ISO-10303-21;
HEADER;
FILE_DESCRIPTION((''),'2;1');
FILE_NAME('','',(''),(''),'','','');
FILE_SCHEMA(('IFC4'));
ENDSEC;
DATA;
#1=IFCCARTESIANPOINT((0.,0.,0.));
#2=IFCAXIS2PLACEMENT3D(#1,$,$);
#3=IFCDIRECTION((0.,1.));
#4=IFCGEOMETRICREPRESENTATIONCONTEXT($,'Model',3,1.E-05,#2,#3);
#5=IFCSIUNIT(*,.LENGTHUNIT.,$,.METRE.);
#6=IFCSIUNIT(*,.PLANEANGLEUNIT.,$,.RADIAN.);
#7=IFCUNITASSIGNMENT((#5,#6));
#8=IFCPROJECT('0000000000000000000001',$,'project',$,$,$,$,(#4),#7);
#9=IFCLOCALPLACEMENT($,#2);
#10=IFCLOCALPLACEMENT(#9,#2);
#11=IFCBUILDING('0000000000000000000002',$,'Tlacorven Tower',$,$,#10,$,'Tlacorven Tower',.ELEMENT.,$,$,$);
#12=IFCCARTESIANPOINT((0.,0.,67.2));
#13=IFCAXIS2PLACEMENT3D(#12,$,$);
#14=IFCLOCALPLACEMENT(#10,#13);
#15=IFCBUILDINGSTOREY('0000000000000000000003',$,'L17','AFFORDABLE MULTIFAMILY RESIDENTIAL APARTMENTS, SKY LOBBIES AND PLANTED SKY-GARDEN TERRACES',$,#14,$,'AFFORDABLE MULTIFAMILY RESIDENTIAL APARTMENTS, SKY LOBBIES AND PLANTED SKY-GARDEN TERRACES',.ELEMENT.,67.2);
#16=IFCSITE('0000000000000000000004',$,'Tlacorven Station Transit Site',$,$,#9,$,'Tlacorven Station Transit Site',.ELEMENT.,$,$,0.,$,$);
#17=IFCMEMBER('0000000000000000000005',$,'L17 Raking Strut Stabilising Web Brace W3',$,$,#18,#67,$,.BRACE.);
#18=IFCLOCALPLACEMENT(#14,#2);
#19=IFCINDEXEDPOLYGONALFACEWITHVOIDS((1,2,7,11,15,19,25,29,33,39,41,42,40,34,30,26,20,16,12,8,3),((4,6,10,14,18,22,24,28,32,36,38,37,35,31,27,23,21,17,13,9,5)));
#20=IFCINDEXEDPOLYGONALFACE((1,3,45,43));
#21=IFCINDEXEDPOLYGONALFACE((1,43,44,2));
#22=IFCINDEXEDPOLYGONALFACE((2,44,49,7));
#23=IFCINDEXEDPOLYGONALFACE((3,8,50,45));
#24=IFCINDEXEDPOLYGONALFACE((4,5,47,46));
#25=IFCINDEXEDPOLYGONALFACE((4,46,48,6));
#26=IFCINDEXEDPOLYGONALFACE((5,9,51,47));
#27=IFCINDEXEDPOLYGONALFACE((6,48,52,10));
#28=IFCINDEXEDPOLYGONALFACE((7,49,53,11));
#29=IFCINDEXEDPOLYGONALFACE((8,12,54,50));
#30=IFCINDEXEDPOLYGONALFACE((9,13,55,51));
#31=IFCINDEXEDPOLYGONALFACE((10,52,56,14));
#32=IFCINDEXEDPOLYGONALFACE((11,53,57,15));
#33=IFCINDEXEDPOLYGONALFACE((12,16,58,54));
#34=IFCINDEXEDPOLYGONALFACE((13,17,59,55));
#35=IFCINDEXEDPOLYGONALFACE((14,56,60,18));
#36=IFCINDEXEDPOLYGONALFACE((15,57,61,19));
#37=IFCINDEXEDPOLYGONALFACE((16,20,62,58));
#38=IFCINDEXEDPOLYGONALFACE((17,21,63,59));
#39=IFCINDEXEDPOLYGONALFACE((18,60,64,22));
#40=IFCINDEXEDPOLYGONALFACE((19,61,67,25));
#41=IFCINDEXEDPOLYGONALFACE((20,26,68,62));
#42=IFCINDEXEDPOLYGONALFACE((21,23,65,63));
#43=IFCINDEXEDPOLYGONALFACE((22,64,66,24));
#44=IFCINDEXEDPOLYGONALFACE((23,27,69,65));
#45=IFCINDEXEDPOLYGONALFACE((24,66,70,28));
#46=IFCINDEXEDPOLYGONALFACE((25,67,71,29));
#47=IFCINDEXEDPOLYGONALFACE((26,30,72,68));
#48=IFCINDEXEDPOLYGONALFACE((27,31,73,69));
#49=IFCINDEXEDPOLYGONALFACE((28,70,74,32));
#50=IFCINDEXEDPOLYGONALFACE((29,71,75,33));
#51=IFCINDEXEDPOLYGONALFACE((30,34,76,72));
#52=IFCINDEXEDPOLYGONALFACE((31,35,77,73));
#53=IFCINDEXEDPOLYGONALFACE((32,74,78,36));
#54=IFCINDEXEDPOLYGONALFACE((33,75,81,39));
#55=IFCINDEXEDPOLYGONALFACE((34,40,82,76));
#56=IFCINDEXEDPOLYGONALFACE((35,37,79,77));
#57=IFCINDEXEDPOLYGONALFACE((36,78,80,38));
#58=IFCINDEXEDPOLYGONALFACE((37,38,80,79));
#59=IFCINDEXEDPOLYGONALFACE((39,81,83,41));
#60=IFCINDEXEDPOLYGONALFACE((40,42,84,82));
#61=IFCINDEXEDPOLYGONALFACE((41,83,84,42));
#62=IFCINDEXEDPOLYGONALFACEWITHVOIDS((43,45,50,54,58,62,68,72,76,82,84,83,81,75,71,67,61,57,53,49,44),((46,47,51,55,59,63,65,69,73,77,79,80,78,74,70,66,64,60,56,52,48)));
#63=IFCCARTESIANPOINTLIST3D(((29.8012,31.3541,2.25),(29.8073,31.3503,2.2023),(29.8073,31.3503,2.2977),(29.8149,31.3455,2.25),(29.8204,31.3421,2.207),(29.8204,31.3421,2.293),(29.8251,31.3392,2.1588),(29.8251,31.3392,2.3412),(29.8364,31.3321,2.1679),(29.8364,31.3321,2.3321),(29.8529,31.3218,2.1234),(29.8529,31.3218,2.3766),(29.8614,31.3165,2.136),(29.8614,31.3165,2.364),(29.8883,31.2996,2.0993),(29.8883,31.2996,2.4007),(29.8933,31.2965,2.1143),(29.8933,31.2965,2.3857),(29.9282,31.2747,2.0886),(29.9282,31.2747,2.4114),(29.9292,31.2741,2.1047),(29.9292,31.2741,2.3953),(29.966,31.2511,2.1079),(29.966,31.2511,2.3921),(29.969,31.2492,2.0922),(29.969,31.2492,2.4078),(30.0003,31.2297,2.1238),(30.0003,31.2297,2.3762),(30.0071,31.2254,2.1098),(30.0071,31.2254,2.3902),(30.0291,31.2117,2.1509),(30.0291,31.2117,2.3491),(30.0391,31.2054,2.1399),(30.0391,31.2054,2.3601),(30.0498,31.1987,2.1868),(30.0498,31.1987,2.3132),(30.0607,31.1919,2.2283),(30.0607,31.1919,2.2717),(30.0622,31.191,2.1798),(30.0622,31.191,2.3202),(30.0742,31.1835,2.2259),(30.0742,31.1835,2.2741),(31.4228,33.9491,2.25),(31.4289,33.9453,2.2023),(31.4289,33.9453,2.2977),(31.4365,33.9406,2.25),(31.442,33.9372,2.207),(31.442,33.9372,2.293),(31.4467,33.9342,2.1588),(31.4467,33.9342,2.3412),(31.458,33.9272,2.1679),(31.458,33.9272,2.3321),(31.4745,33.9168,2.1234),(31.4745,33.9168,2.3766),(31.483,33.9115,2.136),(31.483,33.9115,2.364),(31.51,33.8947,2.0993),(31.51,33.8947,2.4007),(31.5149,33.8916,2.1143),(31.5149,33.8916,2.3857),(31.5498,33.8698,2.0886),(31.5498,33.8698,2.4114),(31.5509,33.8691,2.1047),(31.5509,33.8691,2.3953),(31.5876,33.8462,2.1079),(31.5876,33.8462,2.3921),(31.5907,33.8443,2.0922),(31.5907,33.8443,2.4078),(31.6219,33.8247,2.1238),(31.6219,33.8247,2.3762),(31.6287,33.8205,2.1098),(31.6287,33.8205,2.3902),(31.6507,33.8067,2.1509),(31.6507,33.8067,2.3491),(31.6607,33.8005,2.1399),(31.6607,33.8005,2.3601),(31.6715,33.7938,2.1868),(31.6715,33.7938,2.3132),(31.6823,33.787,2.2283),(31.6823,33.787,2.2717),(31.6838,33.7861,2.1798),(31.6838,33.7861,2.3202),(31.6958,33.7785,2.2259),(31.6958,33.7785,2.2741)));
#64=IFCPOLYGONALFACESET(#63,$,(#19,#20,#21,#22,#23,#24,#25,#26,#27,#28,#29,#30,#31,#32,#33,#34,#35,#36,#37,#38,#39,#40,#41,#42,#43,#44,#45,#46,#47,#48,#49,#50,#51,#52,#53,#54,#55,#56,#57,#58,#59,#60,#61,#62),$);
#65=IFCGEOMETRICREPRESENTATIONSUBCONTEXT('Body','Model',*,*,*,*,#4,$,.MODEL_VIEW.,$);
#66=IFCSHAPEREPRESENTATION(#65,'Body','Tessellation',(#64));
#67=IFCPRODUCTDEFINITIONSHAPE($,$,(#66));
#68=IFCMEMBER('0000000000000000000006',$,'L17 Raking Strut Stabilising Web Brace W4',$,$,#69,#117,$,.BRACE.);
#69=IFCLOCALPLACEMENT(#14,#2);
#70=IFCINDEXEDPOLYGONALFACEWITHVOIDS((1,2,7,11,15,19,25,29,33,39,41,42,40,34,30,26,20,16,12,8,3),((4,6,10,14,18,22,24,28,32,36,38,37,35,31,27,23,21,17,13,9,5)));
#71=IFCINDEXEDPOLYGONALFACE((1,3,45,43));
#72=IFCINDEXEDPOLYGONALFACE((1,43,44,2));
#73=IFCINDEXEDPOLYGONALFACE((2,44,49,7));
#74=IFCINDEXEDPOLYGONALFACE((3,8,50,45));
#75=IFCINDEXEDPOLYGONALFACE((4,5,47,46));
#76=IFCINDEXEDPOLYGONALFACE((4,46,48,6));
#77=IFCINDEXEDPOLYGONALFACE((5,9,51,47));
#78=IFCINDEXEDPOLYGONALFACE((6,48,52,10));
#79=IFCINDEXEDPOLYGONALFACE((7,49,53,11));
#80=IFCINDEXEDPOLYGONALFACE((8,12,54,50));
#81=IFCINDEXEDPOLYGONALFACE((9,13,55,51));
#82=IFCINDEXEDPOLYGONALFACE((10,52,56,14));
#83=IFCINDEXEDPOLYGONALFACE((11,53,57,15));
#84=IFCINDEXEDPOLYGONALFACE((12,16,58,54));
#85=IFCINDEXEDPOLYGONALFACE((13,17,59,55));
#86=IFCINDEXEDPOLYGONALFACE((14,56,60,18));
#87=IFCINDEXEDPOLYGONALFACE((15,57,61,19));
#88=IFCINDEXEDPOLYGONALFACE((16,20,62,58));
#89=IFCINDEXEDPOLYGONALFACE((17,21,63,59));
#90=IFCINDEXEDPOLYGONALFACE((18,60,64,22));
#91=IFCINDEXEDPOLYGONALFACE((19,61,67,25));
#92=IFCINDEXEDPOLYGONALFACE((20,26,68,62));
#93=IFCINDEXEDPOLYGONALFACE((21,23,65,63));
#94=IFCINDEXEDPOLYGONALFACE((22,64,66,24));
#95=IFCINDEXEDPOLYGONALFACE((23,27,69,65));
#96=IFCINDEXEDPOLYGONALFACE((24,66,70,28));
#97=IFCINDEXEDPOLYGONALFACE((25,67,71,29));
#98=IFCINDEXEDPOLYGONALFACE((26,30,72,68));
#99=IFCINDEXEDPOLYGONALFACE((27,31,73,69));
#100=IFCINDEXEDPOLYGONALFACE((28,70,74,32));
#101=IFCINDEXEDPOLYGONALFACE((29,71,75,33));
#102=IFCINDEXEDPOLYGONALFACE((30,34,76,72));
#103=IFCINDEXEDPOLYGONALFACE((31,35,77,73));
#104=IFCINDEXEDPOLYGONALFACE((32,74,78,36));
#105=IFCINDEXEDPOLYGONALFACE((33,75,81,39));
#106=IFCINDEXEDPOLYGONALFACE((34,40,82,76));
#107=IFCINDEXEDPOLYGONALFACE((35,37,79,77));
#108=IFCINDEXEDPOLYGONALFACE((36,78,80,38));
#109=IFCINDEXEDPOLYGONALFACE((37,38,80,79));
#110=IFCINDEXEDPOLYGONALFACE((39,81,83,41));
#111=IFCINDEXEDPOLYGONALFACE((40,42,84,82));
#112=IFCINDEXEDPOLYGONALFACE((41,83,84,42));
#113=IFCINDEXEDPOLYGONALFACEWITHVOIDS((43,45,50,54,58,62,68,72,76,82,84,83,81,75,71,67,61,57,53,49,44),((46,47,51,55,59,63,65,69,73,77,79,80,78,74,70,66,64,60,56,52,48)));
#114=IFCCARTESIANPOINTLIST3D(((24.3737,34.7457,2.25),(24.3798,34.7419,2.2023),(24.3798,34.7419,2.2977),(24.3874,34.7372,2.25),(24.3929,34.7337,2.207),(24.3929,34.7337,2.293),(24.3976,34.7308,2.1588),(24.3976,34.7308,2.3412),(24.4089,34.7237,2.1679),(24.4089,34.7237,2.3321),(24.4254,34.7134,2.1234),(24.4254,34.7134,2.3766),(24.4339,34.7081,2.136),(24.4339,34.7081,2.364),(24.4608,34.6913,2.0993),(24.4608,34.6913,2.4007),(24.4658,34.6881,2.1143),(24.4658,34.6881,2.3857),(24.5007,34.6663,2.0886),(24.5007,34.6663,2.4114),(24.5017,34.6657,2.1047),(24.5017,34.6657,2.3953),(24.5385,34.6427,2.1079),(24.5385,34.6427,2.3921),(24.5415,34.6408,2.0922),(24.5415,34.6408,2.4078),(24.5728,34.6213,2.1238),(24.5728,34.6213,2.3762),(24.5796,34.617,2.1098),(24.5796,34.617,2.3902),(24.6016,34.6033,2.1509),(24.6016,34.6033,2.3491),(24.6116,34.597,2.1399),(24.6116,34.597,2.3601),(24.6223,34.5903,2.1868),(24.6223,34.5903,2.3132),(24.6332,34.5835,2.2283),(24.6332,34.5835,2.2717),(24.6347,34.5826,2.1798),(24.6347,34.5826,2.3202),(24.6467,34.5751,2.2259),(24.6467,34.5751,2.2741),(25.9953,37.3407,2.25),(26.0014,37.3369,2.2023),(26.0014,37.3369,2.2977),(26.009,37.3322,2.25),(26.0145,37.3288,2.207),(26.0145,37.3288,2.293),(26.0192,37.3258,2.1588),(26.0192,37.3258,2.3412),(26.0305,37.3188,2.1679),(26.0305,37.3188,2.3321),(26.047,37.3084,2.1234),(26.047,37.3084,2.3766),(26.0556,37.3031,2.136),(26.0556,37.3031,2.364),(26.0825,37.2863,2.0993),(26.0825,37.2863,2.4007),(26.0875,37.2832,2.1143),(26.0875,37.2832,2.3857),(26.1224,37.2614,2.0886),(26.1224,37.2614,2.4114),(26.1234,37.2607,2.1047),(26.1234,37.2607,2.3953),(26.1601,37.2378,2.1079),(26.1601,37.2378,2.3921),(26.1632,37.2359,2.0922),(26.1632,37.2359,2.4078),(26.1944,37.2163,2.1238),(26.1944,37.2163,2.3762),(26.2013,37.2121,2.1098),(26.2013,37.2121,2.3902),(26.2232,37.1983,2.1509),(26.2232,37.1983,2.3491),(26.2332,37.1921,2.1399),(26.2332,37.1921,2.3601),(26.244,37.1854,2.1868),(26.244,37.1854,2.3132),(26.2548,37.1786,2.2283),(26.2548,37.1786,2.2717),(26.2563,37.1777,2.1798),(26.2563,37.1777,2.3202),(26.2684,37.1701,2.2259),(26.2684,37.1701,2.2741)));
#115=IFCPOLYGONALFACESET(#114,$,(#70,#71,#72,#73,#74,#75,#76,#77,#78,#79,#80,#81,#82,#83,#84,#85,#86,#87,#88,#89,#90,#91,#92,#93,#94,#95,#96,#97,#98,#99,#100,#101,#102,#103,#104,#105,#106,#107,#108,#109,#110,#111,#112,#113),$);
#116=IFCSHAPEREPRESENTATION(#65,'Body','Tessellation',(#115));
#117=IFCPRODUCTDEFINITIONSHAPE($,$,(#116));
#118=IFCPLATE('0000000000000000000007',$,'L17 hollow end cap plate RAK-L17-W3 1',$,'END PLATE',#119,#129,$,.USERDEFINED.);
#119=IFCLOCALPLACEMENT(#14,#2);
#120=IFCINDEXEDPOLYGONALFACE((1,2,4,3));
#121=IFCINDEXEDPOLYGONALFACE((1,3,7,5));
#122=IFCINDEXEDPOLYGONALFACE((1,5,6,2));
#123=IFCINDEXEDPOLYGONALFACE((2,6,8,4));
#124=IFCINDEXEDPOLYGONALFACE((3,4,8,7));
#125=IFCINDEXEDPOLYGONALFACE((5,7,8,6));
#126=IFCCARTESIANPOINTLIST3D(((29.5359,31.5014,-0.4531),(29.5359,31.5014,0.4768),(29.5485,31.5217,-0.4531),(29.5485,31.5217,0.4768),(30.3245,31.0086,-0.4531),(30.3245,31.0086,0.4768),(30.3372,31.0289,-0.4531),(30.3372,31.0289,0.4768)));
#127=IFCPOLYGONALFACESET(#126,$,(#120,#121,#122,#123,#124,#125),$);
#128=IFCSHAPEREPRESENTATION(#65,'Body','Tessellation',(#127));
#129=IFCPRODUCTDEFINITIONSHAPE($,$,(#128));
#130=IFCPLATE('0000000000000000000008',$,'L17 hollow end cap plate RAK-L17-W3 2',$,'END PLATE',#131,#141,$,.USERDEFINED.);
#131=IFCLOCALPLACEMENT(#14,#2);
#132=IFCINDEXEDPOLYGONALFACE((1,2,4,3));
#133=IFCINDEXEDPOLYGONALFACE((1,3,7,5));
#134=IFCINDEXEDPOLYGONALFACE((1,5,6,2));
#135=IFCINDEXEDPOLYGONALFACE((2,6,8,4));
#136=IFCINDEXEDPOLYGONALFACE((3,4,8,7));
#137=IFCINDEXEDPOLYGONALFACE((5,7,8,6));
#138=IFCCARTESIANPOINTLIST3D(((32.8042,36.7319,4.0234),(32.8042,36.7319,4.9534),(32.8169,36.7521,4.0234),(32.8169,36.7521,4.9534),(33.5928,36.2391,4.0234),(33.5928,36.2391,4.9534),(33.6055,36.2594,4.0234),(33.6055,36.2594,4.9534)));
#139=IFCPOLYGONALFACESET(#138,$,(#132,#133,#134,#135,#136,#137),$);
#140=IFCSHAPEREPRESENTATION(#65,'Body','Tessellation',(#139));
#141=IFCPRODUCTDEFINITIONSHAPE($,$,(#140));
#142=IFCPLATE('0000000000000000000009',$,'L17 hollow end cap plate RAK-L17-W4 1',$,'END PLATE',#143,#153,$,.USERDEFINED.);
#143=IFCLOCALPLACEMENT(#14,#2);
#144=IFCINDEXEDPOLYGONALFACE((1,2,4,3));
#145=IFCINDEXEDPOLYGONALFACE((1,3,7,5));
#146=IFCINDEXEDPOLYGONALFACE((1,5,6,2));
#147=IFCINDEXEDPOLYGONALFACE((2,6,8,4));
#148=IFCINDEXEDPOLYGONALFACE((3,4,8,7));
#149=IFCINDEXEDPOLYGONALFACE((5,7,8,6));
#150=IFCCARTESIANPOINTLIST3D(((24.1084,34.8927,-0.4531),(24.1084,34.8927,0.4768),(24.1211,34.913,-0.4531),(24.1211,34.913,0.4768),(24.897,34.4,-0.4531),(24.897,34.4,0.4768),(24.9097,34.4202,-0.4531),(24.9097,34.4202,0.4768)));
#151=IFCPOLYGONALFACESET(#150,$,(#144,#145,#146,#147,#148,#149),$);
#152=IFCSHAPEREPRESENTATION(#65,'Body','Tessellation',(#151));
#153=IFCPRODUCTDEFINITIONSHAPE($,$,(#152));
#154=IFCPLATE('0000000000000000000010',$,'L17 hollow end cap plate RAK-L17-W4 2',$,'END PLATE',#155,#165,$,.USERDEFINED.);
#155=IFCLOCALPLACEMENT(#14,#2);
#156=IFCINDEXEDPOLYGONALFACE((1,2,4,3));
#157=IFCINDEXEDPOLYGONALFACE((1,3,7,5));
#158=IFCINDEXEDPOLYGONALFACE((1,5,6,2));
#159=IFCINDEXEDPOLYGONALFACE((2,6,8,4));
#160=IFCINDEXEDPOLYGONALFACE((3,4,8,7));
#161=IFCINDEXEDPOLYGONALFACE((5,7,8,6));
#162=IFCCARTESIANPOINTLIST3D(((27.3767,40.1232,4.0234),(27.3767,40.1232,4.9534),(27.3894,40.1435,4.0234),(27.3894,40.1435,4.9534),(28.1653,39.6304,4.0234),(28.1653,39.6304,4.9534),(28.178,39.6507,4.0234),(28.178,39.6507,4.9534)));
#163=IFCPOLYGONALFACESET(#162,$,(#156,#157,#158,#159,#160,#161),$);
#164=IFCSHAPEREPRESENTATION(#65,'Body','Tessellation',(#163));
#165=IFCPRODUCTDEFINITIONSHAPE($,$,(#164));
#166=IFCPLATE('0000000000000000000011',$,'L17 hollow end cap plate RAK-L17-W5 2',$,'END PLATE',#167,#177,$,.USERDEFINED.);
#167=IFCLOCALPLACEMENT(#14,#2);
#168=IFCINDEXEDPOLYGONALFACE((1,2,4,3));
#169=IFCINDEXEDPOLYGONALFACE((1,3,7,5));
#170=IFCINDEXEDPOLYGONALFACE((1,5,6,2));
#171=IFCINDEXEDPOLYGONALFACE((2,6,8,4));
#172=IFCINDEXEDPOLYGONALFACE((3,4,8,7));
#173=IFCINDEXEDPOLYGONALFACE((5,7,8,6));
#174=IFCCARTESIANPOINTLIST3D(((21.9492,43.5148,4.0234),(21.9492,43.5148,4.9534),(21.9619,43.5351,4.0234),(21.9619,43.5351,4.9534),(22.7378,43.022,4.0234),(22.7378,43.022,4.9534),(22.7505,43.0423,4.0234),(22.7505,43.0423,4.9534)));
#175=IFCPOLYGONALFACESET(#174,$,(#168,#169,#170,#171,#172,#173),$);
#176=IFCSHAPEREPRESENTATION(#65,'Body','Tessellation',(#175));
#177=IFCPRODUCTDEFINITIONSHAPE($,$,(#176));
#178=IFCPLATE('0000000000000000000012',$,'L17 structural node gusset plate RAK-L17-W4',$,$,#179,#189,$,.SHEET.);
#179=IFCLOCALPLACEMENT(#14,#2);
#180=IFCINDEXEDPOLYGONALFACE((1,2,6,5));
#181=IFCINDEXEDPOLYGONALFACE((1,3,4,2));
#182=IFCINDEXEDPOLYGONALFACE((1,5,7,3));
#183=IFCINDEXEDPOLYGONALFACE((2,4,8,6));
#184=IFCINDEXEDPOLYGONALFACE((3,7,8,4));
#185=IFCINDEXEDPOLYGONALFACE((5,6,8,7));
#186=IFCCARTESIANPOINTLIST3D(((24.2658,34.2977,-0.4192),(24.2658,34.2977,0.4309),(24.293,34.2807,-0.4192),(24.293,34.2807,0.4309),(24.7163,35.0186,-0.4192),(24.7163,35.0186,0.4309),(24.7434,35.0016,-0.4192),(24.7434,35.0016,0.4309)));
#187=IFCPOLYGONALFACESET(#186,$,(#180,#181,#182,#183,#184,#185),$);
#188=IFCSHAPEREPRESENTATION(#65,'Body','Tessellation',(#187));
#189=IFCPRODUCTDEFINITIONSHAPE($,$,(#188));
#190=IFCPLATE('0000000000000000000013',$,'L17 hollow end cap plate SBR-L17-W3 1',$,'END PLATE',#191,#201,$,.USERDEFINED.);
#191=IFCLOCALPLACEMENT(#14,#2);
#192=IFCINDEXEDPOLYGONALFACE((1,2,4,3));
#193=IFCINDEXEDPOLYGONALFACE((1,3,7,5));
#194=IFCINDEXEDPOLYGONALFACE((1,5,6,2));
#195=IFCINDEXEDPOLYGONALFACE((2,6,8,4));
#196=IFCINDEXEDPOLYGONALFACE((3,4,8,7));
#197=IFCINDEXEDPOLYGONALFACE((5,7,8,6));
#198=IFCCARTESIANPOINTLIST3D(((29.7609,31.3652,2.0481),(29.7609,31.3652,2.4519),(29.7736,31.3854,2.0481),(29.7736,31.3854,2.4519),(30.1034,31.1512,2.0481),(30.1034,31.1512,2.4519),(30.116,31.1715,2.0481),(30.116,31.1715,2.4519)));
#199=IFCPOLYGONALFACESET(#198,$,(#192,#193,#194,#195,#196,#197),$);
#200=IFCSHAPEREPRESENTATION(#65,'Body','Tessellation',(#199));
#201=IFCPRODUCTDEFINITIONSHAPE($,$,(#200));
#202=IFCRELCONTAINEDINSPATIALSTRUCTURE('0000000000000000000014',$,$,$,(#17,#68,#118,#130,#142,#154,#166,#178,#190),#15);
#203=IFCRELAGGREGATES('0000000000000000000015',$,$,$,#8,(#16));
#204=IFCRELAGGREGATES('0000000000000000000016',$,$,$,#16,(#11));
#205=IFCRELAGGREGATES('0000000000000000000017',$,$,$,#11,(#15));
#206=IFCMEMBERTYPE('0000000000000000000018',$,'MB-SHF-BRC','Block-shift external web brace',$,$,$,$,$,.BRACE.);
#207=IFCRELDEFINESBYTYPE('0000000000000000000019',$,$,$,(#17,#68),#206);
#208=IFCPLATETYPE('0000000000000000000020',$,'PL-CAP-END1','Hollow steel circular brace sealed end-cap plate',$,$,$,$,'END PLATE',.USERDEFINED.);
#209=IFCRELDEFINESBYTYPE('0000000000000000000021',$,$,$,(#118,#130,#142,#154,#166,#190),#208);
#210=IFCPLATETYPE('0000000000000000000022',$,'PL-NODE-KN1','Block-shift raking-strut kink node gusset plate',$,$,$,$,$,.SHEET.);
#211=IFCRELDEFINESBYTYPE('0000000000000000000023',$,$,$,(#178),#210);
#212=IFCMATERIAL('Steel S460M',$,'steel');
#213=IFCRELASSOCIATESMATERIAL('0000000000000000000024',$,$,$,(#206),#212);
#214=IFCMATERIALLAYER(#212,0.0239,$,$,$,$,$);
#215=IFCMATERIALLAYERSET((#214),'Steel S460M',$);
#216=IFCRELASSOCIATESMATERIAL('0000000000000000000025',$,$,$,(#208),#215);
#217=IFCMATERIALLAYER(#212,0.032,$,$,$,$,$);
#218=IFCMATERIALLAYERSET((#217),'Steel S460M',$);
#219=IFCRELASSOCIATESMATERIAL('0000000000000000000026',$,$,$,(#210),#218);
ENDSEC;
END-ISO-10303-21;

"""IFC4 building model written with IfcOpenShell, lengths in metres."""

from ifc_helpers import new_model, si_unit, direction, frame, origin, origin_2d, place, context, subcontext, project, spatial, rectangle, hollow_circle, extrude, source, transform, mapped, material, layer, layer_set, material_profile, profile_set, type_object, element, save


model = new_model("IFC4")

# Units and contexts
model_context = context("Model", 3, precision=1e-05, world=origin(), true_north=direction((0.0, 1.0)))
body_context = subcontext(model_context, "Body", "Model", "MODEL_VIEW")
ifc_project = project(units=[si_unit("LENGTHUNIT", "METRE"), si_unit("PLANEANGLEUNIT", "RADIAN")], contexts=[model_context])

# Site, building, storey
site_placement = place(None, origin())
site = spatial("IfcSite", under=ifc_project, at=site_placement, Name="Tlacorven Station Transit Site", LongName="Tlacorven Station Transit Site", CompositionType="ELEMENT", RefElevation=0.0)
building_placement = place(site_placement, origin())
building = spatial("IfcBuilding", under=site, at=building_placement, Name="Tlacorven Tower", LongName="Tlacorven Tower", CompositionType="ELEMENT")
storey_placement = place(building_placement, frame((0.0, 0.0, 67.2)))
storey = spatial("IfcBuildingStorey", under=building, at=storey_placement, Name="L17", Description="AFFORDABLE MULTIFAMILY RESIDENTIAL APARTMENTS, SKY LOBBIES AND PLANTED SKY-GARDEN TERRACES", LongName="AFFORDABLE MULTIFAMILY RESIDENTIAL APARTMENTS, SKY LOBBIES AND PLANTED SKY-GARDEN TERRACES", CompositionType="ELEMENT", Elevation=67.2)

# Shared definitions
ifc_material_1 = material(Name="Steel S460M", Category="steel")

# Members
ifc_material_profile_1 = material_profile(ifc_material_1, hollow_circle(Radius=0.1619, WallThickness=0.0161, at=origin_2d()), Name="CHS 323.9X16")
ifc_profile_set_1 = profile_set([ifc_material_profile_1], Name="Steel S460M")
member_type_1 = type_object("IfcMemberType", Name="MB-SHF-BRC", Description="Block-shift external web brace", PredefinedType="BRACE", material=ifc_profile_set_1)
shared_shape_1 = source(origin(), body_context, "Body", "SweptSolid", [
    extrude(hollow_circle(Radius=0.1619, WallThickness=0.0161, at=origin_2d()), origin(), (0.0, 0.0, 1.0), 3.0601),
])
for number, where, z_axis, x_axis, name in (
    (1, (29.9385, 31.2683, 2.25), (0.529934, 0.848039, 0.0), (-0.848039, 0.529934, 0.0), "L17 Raking Strut Stabilising Web Brace W3"),
    (2, (24.511, 34.6599, 2.25), (0.529934, 0.848039, 0.0), (-0.848039, 0.529934, 0.0), "L17 Raking Strut Stabilising Web Brace W4"),
):
    element("IfcMember", number, at=place(storey_placement, frame(where, z_axis=z_axis, x_axis=x_axis)), inside=storey, type_object=member_type_1, Name=name, PredefinedType="BRACE", context=body_context, shape_type="MappedRepresentation", body=[
        mapped(shared_shape_1, transform((0.0, 0.0, 0.0), scale=1.0)),
    ])

# Plates
ifc_layer_1 = layer(ifc_material_1, 0.0239)
ifc_layer_set_1 = layer_set([ifc_layer_1], Name="Steel S460M")
plate_type_1 = type_object("IfcPlateType", Name="PL-CAP-END1", Description="Hollow steel circular brace sealed end-cap plate", ElementType="END PLATE", PredefinedType="USERDEFINED", material=ifc_layer_set_1)
shared_shape_2 = source(origin(), body_context, "Body", "SweptSolid", [
    extrude(rectangle(XDim=0.0239, YDim=0.9299, at=origin_2d()), origin(), (0.0, 0.0, 1.0), 0.9299),
])
for number, where, z_axis, x_axis, name in (
    (3, (29.9365, 31.2651, -0.4531), (0.0, 0.0, 1.0), (0.529919, 0.848048, 0.0), "L17 hollow end cap plate RAK-L17-W3 1"),
    (4, (33.2048, 36.4956, 4.0234), (0.0, 0.0, 1.0), (0.529919, 0.848048, 0.0), "L17 hollow end cap plate RAK-L17-W3 2"),
    (5, (24.509, 34.6565, -0.4531), (0.0, 0.0, 1.0), (0.529919, 0.848048, 0.0), "L17 hollow end cap plate RAK-L17-W4 1"),
    (6, (27.7773, 39.887, 4.0234), (0.0, 0.0, 1.0), (0.529919, 0.848048, 0.0), "L17 hollow end cap plate RAK-L17-W4 2"),
    (7, (22.3499, 43.2786, 4.0234), (0.0, 0.0, 1.0), (0.529919, 0.848048, 0.0), "L17 hollow end cap plate RAK-L17-W5 2"),
):
    element("IfcPlate", number, at=place(storey_placement, frame(where, z_axis=z_axis, x_axis=x_axis)), inside=storey, type_object=plate_type_1, Name=name, ObjectType="END PLATE", PredefinedType="USERDEFINED", context=body_context, shape_type="MappedRepresentation", body=[
        mapped(shared_shape_2, transform((0.0, 0.0, 0.0), scale=1.0)),
    ])
ifc_layer_2 = layer(ifc_material_1, 0.032)
ifc_layer_set_2 = layer_set([ifc_layer_2], Name="Steel S460M")
plate_type_2 = type_object("IfcPlateType", Name="PL-NODE-KN1", Description="Block-shift raking-strut kink node gusset plate", PredefinedType="SHEET", material=ifc_layer_set_2)
shared_shape_3 = source(origin(), body_context, "Body", "SweptSolid", [
    extrude(rectangle(XDim=0.8501, YDim=0.032, at=origin_2d()), origin(), (0.0, 0.0, 1.0), 0.8501),
])
plate_placement = place(storey_placement, frame((24.5046, 34.6497, -0.4192), z_axis=(0.0, 0.0, 1.0), x_axis=(0.529919, 0.848048, 0.0)))
element("IfcPlate", 8, at=plate_placement, inside=storey, type_object=plate_type_2, Name="L17 structural node gusset plate RAK-L17-W4", PredefinedType="SHEET", context=body_context, shape_type="MappedRepresentation", body=[
    mapped(shared_shape_3, transform((0.0, 0.0, 0.0), scale=1.0)),
])
shared_shape_4 = source(origin(), body_context, "Body", "SweptSolid", [
    extrude(rectangle(XDim=0.0239, YDim=0.4038, at=origin_2d()), origin(), (0.0, 0.0, 1.0), 0.4038),
])
for number, where, z_axis, x_axis, name in (
    (9, (29.9385, 31.2683, 2.0481), (0.0, 0.0, 1.0), (0.529919, 0.848048, 0.0), "L17 hollow end cap plate SBR-L17-W3 1"),
):
    element("IfcPlate", number, at=place(storey_placement, frame(where, z_axis=z_axis, x_axis=x_axis)), inside=storey, type_object=plate_type_1, Name=name, ObjectType="END PLATE", PredefinedType="USERDEFINED", context=body_context, shape_type="MappedRepresentation", body=[
        mapped(shared_shape_4, transform((0.0, 0.0, 0.0), scale=1.0)),
    ])

save(model, "model.ifc")
